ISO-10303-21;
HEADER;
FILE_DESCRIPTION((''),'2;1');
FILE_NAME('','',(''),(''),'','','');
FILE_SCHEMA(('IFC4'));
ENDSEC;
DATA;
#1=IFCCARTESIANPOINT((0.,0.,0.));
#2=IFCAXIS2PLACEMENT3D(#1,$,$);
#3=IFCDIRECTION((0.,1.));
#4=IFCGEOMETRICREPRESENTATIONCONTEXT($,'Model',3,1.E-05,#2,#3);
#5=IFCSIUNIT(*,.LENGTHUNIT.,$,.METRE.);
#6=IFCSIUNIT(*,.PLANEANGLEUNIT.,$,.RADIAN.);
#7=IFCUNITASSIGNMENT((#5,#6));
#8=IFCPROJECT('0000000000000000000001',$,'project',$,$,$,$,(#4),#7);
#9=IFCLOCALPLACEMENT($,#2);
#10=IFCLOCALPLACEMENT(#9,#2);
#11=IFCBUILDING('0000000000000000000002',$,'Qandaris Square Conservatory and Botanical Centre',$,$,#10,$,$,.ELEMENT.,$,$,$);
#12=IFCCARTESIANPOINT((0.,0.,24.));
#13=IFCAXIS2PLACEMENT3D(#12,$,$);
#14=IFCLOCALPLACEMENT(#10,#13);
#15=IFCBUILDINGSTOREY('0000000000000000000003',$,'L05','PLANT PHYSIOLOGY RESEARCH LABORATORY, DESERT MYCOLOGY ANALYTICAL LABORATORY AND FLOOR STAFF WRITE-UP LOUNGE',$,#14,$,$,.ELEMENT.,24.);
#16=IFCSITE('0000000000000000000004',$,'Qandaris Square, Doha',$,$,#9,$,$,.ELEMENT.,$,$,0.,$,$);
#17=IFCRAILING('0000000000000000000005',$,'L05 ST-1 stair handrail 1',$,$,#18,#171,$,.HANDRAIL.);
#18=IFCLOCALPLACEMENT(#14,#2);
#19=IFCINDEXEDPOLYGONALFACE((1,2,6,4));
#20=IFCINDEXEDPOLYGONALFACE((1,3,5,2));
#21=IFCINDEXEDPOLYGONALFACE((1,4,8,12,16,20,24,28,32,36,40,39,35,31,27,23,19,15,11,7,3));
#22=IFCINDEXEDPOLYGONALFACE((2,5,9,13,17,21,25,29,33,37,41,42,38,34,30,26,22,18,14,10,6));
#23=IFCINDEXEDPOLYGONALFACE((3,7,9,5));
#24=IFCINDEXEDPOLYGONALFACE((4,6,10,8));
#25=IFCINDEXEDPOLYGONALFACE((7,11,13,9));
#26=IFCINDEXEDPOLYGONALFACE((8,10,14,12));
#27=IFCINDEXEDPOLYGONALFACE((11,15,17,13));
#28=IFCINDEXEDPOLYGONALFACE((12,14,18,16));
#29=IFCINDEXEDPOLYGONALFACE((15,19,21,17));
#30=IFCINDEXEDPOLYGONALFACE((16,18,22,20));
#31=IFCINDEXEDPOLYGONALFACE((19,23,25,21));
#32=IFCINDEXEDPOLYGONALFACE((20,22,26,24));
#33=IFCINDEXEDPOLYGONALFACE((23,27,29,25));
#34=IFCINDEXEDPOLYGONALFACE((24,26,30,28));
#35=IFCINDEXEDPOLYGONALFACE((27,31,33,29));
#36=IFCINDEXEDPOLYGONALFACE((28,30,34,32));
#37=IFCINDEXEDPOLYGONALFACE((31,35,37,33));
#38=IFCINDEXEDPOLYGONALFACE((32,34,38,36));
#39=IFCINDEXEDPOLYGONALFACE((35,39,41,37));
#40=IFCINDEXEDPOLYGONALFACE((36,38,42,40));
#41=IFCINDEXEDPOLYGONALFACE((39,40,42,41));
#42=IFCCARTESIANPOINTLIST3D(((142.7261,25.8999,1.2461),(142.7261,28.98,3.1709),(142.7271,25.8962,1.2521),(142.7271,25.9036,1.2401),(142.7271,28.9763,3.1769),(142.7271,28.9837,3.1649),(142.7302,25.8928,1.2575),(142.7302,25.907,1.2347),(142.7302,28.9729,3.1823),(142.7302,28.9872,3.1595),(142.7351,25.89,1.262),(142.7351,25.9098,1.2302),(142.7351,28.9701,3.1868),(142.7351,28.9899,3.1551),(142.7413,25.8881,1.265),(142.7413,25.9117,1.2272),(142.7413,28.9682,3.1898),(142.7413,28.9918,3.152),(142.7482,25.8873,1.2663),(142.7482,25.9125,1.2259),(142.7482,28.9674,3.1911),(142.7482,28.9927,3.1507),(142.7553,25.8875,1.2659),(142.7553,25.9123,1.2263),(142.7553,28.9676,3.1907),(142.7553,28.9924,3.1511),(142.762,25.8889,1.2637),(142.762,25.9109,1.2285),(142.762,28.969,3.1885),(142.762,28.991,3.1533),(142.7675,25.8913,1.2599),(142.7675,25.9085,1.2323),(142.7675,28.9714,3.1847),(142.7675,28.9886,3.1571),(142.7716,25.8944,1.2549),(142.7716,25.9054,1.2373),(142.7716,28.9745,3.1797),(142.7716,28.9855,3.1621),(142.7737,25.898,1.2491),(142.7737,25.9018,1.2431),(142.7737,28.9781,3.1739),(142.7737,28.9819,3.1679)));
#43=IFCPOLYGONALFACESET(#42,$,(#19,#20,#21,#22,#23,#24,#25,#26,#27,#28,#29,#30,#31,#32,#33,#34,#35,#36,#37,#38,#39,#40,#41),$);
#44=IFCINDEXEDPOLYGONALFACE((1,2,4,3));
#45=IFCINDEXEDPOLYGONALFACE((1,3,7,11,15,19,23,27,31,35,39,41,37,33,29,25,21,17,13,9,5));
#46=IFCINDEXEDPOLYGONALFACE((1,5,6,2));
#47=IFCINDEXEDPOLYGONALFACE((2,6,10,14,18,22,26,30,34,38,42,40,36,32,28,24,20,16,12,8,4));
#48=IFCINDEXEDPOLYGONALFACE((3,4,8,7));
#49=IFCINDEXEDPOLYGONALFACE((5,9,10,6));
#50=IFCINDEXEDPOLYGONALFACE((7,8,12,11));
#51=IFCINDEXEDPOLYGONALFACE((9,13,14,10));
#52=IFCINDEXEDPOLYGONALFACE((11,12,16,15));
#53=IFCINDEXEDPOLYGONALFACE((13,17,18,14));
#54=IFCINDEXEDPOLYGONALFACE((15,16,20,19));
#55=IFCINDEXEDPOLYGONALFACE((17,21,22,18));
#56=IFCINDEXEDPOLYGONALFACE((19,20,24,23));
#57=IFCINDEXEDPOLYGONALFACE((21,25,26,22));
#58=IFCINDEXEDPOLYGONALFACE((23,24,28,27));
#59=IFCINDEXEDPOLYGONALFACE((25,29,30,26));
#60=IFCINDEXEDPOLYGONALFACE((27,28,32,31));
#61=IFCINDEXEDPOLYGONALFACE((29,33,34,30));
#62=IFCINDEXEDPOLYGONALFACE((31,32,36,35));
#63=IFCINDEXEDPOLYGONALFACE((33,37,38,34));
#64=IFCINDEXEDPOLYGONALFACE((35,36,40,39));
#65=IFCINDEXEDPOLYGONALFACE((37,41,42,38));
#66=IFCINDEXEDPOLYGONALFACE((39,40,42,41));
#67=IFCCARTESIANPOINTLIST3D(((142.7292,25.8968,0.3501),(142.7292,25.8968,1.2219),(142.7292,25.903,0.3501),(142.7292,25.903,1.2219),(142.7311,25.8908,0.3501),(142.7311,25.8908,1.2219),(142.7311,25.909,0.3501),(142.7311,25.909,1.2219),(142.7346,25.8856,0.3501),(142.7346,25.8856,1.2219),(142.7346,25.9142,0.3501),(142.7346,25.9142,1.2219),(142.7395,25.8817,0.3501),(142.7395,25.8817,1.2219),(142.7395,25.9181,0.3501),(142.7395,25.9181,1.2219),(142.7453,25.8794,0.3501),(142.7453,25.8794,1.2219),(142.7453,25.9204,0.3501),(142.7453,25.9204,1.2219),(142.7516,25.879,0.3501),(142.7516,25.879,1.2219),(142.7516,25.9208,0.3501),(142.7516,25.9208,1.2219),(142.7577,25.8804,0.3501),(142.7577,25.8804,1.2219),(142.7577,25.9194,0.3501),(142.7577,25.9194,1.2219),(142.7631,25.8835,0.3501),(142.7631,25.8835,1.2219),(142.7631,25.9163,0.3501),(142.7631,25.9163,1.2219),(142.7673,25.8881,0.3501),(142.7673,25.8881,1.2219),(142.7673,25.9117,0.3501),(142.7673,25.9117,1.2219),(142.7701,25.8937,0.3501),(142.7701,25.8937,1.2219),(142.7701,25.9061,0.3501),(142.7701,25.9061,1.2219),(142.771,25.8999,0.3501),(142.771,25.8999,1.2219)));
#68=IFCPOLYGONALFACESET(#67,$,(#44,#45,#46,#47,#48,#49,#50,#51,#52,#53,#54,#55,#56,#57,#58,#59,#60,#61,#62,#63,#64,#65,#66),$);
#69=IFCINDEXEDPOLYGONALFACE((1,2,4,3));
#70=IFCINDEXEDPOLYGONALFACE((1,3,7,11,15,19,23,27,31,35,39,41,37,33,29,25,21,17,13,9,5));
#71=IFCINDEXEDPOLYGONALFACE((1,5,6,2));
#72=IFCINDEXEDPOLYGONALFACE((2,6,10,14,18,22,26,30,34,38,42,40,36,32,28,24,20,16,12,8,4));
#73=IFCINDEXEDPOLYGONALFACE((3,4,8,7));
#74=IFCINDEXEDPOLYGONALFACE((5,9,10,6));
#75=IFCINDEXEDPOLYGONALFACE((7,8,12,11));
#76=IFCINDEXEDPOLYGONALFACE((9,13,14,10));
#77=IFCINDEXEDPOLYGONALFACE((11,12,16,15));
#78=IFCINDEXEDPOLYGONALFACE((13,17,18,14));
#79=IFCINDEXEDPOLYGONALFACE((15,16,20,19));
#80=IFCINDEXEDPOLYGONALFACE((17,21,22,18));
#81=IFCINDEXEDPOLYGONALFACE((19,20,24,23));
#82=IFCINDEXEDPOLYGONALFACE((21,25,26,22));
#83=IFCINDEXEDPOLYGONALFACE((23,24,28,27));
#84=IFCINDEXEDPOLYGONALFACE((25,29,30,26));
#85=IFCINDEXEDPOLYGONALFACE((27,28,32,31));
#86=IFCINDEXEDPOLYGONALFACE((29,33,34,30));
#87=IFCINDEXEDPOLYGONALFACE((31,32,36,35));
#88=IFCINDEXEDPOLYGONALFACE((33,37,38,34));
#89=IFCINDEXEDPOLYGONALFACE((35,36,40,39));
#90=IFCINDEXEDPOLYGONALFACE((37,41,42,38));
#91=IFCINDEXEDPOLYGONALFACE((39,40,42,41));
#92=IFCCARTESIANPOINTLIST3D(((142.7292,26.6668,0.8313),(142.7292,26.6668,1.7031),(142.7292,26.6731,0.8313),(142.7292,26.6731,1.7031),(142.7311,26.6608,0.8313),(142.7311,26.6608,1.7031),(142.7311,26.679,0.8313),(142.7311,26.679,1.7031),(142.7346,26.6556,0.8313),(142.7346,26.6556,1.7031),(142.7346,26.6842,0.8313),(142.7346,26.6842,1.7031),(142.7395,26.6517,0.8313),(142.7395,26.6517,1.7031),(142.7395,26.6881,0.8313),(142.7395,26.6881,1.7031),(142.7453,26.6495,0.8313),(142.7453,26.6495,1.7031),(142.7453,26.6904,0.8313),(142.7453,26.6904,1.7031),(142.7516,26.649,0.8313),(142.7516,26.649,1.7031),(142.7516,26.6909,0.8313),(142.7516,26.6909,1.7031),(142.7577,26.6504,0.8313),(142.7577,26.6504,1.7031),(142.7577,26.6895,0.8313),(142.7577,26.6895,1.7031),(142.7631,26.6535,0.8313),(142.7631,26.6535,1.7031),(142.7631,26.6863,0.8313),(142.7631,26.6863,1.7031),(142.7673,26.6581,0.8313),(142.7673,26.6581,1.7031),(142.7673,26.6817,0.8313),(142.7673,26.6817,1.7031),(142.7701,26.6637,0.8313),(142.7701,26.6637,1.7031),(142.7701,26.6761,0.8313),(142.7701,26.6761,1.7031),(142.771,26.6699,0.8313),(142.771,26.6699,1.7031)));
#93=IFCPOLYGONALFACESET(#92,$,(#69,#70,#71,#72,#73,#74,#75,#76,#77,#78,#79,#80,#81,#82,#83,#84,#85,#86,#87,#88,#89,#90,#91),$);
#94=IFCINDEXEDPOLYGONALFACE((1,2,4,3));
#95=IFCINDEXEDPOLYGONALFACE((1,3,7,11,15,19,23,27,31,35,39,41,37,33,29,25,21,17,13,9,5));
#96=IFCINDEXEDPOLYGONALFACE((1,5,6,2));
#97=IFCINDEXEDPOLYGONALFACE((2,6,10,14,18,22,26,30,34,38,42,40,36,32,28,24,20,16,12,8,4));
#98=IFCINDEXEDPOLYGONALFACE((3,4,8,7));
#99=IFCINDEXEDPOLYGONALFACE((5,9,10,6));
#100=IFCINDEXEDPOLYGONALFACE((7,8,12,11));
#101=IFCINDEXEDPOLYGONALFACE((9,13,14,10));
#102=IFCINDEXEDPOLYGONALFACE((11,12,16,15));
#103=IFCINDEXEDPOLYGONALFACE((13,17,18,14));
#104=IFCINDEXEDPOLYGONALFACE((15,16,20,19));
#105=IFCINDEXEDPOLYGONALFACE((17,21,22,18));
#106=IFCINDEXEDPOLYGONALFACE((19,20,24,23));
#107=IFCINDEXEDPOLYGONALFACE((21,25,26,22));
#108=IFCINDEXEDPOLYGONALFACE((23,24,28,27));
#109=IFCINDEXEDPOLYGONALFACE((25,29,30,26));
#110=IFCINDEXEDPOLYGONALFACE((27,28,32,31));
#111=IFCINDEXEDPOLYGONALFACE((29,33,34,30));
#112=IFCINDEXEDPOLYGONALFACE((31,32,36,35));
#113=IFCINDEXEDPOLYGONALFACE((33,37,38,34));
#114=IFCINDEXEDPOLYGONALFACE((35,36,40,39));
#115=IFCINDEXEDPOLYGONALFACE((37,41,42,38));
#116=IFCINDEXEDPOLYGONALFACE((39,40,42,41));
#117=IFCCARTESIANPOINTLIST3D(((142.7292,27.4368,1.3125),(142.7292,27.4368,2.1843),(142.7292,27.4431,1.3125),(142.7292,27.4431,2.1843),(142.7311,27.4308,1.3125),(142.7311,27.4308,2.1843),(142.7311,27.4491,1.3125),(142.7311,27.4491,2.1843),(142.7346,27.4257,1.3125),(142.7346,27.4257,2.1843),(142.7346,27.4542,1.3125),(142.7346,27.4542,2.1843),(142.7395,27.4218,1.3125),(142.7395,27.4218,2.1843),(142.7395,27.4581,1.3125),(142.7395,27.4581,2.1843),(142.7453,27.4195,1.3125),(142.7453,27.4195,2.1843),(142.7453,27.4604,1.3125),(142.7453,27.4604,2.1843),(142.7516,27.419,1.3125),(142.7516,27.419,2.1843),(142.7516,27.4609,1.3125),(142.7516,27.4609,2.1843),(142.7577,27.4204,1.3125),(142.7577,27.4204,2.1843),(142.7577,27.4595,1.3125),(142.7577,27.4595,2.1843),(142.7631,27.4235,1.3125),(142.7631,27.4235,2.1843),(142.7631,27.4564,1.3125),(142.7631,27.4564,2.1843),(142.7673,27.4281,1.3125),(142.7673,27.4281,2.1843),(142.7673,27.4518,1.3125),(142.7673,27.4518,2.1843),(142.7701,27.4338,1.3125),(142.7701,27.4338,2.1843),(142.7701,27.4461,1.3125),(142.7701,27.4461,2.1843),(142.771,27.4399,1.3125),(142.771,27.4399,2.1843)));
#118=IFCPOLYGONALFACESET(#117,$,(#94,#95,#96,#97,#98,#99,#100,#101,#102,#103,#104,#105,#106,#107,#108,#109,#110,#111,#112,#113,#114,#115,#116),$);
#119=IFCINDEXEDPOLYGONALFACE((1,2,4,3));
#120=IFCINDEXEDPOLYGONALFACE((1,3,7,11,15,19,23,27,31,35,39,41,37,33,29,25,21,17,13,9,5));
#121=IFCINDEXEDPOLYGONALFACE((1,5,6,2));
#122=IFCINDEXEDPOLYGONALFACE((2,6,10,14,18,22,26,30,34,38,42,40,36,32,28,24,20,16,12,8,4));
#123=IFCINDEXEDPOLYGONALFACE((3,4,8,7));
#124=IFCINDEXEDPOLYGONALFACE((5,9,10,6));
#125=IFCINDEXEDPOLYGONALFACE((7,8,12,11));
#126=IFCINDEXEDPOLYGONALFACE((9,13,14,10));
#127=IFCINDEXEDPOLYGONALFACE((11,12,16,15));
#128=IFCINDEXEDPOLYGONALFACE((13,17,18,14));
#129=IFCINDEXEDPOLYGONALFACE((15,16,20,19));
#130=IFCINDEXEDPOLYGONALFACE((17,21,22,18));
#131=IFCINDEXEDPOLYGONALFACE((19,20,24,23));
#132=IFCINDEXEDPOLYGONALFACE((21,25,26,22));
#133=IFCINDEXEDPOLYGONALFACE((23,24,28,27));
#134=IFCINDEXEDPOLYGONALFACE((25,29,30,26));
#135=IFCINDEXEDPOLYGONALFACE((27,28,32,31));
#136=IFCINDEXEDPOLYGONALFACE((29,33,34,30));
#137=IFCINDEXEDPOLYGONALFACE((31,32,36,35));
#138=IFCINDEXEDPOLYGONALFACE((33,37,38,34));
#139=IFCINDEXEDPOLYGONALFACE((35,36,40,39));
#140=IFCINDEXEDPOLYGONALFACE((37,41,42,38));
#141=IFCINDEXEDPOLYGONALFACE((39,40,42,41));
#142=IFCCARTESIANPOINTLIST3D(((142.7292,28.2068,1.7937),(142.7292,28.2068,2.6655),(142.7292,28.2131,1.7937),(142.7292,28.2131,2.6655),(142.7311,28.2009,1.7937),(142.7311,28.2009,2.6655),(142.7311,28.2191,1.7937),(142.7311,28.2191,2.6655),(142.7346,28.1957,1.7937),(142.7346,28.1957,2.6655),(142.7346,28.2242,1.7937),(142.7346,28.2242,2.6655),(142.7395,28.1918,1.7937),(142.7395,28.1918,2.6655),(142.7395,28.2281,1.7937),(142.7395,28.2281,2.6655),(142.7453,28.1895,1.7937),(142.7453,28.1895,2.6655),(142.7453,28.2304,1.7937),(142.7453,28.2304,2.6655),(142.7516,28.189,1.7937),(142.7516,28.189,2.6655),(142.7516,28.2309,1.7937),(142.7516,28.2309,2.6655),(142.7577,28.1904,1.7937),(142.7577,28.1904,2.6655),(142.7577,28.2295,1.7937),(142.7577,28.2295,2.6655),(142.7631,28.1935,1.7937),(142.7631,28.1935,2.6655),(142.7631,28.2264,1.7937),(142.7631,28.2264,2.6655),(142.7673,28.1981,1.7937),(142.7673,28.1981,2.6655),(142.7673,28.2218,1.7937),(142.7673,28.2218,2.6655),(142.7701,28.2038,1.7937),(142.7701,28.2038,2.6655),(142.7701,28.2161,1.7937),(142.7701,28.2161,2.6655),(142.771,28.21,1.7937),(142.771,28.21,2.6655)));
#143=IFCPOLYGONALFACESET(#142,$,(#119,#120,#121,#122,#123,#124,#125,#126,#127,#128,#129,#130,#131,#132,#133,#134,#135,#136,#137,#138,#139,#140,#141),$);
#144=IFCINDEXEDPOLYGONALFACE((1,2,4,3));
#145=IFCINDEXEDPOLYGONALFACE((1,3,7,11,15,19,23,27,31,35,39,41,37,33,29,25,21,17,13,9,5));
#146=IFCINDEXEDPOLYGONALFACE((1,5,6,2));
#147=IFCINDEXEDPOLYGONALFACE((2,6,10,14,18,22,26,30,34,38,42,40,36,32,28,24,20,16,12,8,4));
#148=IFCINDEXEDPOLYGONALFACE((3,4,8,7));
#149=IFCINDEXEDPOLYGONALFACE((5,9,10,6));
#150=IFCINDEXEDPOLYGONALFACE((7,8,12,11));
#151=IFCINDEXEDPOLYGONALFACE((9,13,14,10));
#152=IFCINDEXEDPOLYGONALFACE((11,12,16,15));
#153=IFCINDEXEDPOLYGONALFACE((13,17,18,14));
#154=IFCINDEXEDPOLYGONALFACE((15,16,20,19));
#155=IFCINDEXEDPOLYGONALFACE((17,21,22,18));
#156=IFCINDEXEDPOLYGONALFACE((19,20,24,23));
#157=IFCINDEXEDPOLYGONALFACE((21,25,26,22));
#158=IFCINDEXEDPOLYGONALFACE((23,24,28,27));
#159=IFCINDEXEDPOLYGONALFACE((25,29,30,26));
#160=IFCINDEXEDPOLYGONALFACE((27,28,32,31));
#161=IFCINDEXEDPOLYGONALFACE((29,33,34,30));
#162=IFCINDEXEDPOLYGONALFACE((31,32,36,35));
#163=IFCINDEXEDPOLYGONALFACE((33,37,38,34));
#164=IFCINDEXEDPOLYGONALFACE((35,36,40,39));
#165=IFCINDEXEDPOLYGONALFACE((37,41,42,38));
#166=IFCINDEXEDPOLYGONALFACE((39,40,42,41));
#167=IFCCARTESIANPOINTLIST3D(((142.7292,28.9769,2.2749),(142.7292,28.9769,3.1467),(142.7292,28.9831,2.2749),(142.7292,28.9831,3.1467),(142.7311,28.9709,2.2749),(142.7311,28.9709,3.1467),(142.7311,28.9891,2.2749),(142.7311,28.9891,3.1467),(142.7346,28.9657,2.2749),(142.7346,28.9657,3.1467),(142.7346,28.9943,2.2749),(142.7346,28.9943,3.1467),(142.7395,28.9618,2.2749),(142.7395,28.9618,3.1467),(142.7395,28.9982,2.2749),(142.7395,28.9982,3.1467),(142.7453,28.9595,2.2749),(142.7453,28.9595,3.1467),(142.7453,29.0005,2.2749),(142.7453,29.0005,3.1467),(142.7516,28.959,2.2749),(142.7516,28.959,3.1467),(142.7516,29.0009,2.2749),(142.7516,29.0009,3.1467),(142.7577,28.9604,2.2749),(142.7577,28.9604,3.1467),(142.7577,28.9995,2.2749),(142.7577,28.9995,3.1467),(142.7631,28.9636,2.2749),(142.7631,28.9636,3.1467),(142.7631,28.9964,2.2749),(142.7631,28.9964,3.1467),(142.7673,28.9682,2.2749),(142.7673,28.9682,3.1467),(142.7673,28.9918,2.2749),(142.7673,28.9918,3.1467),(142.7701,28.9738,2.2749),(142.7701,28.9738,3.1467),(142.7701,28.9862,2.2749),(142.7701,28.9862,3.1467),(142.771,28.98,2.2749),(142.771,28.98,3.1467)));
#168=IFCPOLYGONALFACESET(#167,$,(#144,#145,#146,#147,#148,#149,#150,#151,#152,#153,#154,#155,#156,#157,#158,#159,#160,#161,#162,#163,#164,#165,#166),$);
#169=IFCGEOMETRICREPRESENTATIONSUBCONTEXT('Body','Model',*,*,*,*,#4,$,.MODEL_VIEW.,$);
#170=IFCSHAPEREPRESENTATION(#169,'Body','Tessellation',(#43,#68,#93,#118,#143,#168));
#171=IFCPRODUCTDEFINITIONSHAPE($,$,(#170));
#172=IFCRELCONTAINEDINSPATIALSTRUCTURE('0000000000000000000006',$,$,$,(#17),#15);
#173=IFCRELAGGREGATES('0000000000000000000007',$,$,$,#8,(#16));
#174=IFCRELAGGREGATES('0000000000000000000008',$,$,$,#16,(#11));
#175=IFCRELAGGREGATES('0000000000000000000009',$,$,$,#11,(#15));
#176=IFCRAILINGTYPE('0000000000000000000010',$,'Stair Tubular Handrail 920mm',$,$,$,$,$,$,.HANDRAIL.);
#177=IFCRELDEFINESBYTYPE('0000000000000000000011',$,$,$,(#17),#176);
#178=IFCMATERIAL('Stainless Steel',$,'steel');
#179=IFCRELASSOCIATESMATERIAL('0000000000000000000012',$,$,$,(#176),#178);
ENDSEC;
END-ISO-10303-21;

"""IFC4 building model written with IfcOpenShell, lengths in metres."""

from ifc_helpers import new_model, si_unit, direction, frame, origin, origin_2d, place, context, subcontext, project, spatial, circle, extrude, material, type_object, element, save


model = new_model("IFC4")

# Units and contexts
model_context = context("Model", 3, precision=1e-05, world=origin(), true_north=direction((0.0, 1.0)))
body_context = subcontext(model_context, "Body", "Model", "MODEL_VIEW")
ifc_project = project(units=[si_unit("LENGTHUNIT", "METRE"), si_unit("PLANEANGLEUNIT", "RADIAN")], contexts=[model_context])

# Site, building, storey
site_placement = place(None, origin())
site = spatial("IfcSite", under=ifc_project, at=site_placement, Name="Qandaris Square, Doha", CompositionType="ELEMENT", RefElevation=0.0)
building_placement = place(site_placement, origin())
building = spatial("IfcBuilding", under=site, at=building_placement, Name="Qandaris Square Conservatory and Botanical Centre", CompositionType="ELEMENT")
storey_placement = place(building_placement, frame((0.0, 0.0, 24.0)))
storey = spatial("IfcBuildingStorey", under=building, at=storey_placement, Name="L05", Description="PLANT PHYSIOLOGY RESEARCH LABORATORY, DESERT MYCOLOGY ANALYTICAL LABORATORY AND FLOOR STAFF WRITE-UP LOUNGE", CompositionType="ELEMENT", Elevation=24.0)

# Railing
ifc_material_1 = material(Name="Stainless Steel", Category="steel")
railing_type = type_object("IfcRailingType", Name="Stair Tubular Handrail 920mm", PredefinedType="HANDRAIL", material=ifc_material_1)
railing_placement = place(storey_placement, frame((142.75, 25.8999, 0.3501)))
element("IfcRailing", 1, at=railing_placement, inside=storey, type_object=railing_type, Name="L05 ST-1 stair handrail 1", PredefinedType="HANDRAIL", context=body_context, shape_type="SweptSolid", body=[
    extrude(circle(Radius=0.0239, at=origin_2d()), frame((0.0, 0.0, 0.896), z_axis=(0.0, 0.848029, 0.529951), x_axis=(-1.0, 0.0, 0.0)), (0.0, 0.0, 1.0), 3.6321),
    extrude(circle(Radius=0.021, at=origin_2d()), origin(), (0.0, 0.0, 1.0), 0.8718),
    extrude(circle(Radius=0.021, at=origin_2d()), frame((0.0, 0.77, 0.4812)), (0.0, 0.0, 1.0), 0.8718),
    extrude(circle(Radius=0.021, at=origin_2d()), frame((0.0, 1.54, 0.9624)), (0.0, 0.0, 1.0), 0.8718),
    extrude(circle(Radius=0.021, at=origin_2d()), frame((0.0, 2.3101, 1.4436)), (0.0, 0.0, 1.0), 0.8718),
    extrude(circle(Radius=0.021, at=origin_2d()), frame((0.0, 3.0801, 1.9248)), (0.0, 0.0, 1.0), 0.8718),
])

save(model, "model.ifc")
